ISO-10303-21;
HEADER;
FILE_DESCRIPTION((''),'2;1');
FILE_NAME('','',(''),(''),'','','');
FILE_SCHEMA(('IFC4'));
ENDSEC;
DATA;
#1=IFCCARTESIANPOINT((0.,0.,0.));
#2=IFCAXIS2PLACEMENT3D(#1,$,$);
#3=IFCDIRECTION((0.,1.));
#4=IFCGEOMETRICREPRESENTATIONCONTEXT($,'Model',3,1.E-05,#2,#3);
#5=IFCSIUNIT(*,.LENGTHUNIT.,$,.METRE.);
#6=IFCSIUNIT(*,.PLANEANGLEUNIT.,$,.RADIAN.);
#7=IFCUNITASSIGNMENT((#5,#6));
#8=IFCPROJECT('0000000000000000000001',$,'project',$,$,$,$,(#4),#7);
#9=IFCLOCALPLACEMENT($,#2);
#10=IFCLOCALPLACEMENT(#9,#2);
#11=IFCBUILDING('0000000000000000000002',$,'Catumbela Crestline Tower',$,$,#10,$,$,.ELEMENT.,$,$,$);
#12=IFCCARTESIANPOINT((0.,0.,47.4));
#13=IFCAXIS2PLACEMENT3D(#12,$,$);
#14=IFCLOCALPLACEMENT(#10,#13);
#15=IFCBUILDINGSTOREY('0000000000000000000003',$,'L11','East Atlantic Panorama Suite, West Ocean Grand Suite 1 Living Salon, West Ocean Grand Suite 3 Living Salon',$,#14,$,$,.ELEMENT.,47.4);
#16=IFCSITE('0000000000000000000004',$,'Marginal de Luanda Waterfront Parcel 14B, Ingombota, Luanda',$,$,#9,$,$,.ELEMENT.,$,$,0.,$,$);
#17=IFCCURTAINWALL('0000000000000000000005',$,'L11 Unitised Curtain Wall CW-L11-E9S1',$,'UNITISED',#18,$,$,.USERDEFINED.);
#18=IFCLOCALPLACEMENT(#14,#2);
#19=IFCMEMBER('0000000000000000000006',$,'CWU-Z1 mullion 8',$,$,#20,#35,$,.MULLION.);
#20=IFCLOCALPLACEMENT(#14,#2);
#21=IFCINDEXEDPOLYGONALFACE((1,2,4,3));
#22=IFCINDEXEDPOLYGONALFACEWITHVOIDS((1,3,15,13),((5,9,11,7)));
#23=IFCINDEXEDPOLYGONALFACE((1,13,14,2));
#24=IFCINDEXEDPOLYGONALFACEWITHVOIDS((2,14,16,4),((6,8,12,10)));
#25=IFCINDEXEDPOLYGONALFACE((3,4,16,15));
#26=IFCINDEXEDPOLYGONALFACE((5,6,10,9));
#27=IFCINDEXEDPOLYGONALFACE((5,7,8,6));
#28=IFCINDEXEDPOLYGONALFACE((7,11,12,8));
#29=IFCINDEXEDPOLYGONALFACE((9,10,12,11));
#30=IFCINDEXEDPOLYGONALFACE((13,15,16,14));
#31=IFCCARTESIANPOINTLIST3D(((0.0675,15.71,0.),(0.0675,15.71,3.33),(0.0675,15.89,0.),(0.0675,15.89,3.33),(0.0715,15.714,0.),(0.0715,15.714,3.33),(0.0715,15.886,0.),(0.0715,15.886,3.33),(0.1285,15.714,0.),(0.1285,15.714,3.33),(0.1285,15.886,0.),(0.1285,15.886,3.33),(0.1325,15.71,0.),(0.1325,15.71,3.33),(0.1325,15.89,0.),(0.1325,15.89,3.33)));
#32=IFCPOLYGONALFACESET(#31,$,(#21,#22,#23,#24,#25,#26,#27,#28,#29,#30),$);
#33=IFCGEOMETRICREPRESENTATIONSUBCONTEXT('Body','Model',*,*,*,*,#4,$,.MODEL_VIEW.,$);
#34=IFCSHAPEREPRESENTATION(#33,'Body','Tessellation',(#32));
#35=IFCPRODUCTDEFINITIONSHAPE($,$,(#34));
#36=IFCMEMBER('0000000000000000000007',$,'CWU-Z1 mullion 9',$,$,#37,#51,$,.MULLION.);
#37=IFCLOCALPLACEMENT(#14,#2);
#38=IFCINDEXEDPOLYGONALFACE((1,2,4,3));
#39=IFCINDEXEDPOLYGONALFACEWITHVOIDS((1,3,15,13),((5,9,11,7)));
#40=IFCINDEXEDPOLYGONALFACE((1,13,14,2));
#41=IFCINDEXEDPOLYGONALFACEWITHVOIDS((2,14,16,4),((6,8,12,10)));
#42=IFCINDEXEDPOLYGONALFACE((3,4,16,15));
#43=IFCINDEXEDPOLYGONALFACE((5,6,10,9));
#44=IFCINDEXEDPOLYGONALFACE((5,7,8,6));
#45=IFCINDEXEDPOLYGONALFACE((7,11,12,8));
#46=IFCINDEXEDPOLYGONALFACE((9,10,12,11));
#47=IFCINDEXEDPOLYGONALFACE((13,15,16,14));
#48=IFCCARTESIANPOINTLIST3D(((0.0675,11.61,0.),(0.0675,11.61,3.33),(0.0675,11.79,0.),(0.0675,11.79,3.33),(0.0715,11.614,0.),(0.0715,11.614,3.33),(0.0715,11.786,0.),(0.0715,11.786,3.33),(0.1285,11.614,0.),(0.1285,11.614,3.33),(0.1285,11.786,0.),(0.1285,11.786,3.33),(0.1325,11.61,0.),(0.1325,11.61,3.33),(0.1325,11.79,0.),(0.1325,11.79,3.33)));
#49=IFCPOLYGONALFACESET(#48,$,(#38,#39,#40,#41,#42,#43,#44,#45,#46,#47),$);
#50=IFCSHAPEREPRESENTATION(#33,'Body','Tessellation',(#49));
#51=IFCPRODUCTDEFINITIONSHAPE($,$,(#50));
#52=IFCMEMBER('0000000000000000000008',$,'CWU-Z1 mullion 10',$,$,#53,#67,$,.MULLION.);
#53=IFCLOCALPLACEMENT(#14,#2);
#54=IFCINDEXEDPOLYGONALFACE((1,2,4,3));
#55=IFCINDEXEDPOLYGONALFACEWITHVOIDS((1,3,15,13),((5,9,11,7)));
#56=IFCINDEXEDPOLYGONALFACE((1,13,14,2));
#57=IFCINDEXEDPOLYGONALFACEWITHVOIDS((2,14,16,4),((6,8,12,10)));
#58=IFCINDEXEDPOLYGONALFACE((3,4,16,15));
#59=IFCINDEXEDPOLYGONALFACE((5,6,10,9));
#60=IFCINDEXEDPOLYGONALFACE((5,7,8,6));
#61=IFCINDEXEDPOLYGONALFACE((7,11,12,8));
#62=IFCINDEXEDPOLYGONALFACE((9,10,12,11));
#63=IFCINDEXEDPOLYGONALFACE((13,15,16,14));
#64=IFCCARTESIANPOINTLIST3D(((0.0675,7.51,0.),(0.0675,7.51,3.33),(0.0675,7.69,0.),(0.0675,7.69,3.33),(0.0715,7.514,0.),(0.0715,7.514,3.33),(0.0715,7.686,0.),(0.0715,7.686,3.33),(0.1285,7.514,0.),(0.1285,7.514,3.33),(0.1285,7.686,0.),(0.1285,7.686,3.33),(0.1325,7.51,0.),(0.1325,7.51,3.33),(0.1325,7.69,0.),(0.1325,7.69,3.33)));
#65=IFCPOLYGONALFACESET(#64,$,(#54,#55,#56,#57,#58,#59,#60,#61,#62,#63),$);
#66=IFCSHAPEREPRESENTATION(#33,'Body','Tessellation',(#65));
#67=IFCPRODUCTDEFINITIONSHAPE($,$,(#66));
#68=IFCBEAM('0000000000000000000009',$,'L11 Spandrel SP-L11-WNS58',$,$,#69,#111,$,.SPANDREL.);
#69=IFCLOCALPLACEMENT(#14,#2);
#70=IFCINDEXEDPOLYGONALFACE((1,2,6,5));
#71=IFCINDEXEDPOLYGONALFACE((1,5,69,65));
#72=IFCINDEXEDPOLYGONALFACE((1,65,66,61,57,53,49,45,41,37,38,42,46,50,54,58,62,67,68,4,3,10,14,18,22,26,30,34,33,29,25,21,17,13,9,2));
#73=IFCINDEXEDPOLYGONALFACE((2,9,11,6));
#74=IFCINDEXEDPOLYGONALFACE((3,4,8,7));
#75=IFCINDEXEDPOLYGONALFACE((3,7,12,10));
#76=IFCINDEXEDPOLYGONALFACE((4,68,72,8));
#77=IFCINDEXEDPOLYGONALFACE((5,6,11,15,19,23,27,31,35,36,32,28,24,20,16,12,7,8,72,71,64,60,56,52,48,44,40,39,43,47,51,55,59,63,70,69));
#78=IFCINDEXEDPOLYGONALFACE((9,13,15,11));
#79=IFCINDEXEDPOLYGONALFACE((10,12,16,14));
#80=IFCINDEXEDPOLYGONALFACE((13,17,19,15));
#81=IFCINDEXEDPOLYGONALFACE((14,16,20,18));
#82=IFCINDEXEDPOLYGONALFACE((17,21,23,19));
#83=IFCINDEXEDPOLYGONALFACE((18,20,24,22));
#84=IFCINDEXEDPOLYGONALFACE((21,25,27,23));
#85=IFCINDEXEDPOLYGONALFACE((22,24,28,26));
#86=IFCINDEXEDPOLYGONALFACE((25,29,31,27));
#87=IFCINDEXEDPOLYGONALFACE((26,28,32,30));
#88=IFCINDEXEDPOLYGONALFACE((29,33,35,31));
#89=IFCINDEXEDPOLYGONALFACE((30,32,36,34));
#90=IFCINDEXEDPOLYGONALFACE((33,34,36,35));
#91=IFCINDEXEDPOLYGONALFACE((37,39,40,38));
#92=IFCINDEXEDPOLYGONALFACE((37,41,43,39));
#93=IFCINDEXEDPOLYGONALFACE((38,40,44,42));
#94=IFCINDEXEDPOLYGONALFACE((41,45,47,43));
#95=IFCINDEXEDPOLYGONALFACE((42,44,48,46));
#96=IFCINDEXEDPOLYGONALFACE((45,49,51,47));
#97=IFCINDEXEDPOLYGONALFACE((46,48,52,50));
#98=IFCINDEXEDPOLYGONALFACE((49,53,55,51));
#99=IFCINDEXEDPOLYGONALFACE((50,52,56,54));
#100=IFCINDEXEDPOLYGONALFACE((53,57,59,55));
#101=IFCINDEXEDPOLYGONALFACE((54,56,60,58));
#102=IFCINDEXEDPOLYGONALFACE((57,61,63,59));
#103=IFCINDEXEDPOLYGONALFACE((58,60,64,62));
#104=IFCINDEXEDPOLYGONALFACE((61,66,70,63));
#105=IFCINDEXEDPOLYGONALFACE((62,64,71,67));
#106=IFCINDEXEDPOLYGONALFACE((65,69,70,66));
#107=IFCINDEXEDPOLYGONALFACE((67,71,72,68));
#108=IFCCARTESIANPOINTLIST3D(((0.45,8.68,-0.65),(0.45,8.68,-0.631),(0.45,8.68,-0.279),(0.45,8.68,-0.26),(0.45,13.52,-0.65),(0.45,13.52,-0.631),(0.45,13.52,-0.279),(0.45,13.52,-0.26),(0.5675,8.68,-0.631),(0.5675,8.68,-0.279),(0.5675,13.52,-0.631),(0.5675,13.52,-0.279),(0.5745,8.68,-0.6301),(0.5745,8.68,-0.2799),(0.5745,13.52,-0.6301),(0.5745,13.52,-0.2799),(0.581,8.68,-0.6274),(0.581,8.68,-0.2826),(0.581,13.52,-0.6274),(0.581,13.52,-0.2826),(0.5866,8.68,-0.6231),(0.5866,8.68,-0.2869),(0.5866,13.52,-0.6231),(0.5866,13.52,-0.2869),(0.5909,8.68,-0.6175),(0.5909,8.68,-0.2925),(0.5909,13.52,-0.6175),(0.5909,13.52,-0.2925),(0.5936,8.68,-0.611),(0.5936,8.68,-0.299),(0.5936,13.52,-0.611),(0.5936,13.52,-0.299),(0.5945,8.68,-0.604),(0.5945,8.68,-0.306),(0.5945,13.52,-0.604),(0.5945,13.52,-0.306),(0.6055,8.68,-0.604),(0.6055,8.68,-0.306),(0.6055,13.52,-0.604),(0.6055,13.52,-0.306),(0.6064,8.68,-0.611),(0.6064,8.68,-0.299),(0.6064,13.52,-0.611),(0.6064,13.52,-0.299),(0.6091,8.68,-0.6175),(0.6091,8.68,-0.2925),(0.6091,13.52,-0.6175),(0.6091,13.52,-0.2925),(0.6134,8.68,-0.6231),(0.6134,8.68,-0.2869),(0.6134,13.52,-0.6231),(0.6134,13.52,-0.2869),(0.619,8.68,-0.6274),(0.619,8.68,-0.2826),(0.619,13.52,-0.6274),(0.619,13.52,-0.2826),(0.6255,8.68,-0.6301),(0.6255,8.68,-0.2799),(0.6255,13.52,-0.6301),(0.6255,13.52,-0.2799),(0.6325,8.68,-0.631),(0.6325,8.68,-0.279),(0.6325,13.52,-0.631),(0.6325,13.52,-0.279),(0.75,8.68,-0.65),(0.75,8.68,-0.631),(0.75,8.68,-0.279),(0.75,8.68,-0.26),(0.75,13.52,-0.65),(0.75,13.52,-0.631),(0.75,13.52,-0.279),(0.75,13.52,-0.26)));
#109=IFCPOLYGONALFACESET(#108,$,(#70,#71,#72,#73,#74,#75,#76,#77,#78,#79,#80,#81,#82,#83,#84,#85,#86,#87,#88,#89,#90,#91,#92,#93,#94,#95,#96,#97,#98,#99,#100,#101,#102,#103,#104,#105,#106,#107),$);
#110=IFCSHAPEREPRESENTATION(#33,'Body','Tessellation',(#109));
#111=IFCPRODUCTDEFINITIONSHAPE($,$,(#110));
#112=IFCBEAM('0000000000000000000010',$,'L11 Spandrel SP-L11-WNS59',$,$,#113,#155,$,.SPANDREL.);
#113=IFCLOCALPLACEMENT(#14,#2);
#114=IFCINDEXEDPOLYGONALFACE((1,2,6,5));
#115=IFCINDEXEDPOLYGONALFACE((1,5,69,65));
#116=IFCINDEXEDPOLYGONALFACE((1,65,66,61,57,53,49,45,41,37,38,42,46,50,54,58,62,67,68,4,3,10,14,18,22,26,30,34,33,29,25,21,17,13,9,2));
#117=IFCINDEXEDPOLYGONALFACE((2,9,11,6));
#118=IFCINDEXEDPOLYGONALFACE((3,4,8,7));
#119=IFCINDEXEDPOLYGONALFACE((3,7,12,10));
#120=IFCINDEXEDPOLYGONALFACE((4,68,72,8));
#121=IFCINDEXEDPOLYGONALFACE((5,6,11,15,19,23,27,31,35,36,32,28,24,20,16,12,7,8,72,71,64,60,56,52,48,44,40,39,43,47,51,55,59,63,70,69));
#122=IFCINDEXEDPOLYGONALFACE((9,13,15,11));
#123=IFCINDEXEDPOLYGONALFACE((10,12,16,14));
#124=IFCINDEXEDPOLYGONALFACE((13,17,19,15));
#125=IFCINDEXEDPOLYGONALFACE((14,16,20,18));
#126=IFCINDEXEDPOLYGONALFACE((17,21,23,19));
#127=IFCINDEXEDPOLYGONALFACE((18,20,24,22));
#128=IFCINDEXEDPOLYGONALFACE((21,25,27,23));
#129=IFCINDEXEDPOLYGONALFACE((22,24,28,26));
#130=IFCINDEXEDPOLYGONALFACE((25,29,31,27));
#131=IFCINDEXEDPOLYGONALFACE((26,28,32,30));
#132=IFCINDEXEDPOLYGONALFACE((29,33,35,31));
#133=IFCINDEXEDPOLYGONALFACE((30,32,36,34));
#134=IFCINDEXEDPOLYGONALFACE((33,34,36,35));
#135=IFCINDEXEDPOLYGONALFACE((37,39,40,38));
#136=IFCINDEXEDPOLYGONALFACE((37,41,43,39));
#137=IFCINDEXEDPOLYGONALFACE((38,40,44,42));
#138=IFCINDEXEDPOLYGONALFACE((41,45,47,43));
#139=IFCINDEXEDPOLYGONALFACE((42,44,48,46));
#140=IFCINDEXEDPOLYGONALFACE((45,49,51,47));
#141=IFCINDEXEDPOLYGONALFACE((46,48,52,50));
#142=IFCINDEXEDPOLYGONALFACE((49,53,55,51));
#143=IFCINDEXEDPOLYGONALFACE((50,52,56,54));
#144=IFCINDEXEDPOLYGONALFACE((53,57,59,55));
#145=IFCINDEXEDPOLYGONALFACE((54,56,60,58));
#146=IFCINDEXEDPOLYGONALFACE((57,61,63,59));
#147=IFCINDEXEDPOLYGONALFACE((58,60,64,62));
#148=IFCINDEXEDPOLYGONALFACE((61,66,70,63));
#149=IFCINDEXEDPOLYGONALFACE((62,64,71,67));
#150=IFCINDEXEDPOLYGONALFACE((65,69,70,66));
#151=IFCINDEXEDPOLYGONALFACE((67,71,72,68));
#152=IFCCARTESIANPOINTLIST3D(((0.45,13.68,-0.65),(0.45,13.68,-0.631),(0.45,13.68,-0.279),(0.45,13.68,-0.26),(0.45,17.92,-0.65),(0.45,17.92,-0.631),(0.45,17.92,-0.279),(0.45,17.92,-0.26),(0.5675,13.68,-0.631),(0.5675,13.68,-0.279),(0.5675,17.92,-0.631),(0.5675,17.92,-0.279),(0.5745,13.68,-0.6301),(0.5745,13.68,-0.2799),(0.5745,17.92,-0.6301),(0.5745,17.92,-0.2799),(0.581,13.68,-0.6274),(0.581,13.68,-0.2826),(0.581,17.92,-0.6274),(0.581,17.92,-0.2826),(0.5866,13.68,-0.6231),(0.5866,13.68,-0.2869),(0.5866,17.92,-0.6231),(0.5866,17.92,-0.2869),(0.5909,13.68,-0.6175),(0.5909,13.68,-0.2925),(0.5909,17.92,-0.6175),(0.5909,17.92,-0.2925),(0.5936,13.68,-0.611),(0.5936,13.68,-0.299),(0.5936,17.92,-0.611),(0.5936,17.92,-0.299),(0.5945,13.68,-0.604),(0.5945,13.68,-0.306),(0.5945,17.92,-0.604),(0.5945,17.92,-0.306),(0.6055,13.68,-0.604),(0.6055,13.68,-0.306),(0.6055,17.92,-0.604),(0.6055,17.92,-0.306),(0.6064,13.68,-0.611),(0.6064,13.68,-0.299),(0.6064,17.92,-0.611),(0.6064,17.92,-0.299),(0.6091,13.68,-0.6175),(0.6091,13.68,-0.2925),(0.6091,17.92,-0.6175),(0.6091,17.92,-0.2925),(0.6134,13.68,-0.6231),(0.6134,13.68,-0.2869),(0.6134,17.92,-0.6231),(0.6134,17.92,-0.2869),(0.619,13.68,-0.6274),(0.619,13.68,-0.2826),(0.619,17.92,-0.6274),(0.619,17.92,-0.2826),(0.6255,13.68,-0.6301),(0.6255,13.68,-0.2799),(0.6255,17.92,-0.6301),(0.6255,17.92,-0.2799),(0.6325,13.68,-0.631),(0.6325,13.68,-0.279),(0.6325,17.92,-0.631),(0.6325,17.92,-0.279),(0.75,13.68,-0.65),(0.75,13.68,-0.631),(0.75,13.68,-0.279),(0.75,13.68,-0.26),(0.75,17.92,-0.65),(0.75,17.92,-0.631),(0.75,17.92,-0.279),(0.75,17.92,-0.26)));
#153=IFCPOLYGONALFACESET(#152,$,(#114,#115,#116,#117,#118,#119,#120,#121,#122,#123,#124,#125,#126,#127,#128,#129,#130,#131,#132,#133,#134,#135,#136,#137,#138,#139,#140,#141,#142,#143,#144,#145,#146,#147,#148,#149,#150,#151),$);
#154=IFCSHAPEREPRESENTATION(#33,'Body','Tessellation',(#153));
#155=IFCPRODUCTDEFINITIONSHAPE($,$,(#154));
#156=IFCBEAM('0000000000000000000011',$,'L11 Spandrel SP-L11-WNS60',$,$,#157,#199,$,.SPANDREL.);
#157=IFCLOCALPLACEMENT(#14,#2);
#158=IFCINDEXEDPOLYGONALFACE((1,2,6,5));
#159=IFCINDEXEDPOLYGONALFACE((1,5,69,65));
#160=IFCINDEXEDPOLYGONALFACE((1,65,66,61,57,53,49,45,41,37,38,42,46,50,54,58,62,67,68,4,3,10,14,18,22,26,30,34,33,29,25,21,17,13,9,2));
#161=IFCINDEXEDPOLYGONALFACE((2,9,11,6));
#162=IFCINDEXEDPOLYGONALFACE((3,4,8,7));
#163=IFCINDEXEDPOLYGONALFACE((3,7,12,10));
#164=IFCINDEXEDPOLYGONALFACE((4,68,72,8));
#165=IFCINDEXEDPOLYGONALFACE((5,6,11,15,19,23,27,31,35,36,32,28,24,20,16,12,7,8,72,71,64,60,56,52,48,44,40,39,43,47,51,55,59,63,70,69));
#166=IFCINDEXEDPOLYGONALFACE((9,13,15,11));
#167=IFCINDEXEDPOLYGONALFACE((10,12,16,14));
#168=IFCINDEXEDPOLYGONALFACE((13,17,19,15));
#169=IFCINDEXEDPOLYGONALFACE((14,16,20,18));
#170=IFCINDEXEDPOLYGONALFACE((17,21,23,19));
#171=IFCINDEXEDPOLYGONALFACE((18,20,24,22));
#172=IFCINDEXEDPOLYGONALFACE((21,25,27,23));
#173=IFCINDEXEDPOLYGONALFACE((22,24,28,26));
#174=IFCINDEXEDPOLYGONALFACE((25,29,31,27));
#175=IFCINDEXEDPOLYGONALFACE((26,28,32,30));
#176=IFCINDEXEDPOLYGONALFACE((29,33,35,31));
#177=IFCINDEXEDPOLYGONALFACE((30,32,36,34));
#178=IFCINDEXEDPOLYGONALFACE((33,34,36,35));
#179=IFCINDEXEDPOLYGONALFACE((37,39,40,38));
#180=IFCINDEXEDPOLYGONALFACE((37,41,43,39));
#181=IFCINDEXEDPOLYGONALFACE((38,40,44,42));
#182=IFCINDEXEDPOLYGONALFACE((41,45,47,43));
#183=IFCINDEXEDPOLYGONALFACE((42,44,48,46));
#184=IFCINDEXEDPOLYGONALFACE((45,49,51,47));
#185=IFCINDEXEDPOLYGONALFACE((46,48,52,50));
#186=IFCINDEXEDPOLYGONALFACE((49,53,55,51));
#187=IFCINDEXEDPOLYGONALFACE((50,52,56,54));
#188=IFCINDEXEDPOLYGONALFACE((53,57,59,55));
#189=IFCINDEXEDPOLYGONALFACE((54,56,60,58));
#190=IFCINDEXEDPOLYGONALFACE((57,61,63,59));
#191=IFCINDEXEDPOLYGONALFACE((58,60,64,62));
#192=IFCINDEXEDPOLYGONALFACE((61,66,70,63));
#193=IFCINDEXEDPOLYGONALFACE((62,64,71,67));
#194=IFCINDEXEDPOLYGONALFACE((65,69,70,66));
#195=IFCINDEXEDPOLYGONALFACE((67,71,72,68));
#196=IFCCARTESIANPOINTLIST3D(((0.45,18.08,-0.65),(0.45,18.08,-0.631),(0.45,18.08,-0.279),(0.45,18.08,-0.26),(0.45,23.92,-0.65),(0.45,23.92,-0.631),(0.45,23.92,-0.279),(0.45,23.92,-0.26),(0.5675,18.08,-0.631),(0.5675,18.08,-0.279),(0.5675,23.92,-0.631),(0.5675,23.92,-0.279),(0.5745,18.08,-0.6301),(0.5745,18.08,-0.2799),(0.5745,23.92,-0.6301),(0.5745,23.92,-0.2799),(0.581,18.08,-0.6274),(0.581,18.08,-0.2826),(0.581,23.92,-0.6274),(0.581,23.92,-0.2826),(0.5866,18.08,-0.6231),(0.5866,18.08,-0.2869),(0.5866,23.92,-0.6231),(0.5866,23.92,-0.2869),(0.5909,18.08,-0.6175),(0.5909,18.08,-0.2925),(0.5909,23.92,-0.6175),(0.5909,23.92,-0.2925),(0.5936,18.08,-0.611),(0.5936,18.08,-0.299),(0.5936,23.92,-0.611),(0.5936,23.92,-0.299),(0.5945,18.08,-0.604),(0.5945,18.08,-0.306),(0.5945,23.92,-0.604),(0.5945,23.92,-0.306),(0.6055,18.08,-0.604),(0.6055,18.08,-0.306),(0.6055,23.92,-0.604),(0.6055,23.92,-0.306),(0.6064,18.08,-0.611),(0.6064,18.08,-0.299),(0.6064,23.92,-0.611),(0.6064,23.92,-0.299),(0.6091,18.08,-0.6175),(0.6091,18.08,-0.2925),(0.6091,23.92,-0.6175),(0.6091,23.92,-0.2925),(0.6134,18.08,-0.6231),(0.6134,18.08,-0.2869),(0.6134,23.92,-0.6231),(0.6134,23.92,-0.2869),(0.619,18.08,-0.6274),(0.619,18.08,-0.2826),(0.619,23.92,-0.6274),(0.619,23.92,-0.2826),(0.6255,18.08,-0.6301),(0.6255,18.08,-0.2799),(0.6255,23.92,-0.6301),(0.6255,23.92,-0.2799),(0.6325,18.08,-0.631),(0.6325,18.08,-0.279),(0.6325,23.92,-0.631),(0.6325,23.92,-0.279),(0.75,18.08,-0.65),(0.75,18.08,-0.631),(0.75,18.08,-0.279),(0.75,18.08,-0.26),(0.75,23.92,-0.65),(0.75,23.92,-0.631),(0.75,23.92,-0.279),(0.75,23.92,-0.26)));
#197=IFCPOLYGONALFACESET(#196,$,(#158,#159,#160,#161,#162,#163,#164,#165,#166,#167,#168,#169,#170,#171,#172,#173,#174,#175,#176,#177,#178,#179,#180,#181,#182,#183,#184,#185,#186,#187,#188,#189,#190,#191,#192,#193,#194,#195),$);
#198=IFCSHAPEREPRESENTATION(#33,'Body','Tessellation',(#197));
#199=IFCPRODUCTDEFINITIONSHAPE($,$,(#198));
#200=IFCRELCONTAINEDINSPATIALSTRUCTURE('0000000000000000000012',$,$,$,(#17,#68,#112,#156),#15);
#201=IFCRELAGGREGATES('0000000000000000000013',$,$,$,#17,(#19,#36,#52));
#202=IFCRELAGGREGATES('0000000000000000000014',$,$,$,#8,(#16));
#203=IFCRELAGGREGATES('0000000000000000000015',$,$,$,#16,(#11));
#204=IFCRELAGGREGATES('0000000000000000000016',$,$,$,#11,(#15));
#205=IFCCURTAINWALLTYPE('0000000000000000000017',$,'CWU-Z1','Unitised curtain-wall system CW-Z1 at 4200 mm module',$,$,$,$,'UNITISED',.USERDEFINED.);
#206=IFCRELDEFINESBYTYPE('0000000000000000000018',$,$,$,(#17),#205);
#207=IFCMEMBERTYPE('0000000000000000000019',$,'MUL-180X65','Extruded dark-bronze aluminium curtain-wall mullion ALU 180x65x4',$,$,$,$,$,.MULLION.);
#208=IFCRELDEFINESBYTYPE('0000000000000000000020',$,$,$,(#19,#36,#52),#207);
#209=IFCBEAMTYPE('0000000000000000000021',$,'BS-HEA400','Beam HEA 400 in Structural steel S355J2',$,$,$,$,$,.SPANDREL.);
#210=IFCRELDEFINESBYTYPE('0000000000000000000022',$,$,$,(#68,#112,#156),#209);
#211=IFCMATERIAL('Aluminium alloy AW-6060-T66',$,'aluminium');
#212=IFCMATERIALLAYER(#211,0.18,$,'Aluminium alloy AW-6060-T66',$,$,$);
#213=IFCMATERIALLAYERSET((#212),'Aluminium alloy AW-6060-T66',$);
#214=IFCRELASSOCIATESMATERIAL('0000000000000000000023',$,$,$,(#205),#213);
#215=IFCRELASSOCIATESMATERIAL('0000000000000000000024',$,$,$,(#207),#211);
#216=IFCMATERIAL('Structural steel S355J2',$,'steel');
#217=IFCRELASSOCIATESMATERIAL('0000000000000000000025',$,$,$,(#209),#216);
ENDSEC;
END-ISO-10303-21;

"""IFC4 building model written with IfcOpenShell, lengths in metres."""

from ifc_helpers import new_model, si_unit, direction, frame, origin, origin_2d, place, context, subcontext, project, spatial, hollow_rectangle, i_section, extrude, material, layer, layer_set, material_profile, profile_set, type_object, element, aggregate, save


model = new_model("IFC4")

# Units and contexts
model_context = context("Model", 3, precision=1e-05, world=origin(), true_north=direction((0.0, 1.0)))
body_context = subcontext(model_context, "Body", "Model", "MODEL_VIEW")
ifc_project = project(units=[si_unit("LENGTHUNIT", "METRE"), si_unit("PLANEANGLEUNIT", "RADIAN")], contexts=[model_context])

# Site, building, storey
site_placement = place(None, origin())
site = spatial("IfcSite", under=ifc_project, at=site_placement, Name="Marginal de Luanda Waterfront Parcel 14B, Ingombota, Luanda", CompositionType="ELEMENT", RefElevation=0.0)
building_placement = place(site_placement, origin())
building = spatial("IfcBuilding", under=site, at=building_placement, Name="Catumbela Crestline Tower", CompositionType="ELEMENT")
storey_placement = place(building_placement, frame((0.0, 0.0, 47.4)))
storey = spatial("IfcBuildingStorey", under=building, at=storey_placement, Name="L11", Description="East Atlantic Panorama Suite, West Ocean Grand Suite 1 Living Salon, West Ocean Grand Suite 3 Living Salon", CompositionType="ELEMENT", Elevation=47.4)

# Shared definitions
ifc_material_1 = material(Name="Structural steel S355J2", Category="steel")

# Curtain wall, members
ifc_material_2 = material(Name="Aluminium alloy AW-6060-T66", Category="aluminium")
ifc_layer_1 = layer(ifc_material_2, 0.18, Name="Aluminium alloy AW-6060-T66")
ifc_layer_set_1 = layer_set([ifc_layer_1], Name="Aluminium alloy AW-6060-T66")
curtain_wall_type = type_object("IfcCurtainWallType", Name="CWU-Z1", Description="Unitised curtain-wall system CW-Z1 at 4200 mm module", ElementType="UNITISED", PredefinedType="USERDEFINED", material=ifc_layer_set_1)
curtain_wall_placement = place(storey_placement, origin())
curtain_wall = element("IfcCurtainWall", 1, at=curtain_wall_placement, inside=storey, type_object=curtain_wall_type, Name="L11 Unitised Curtain Wall CW-L11-E9S1", ObjectType="UNITISED", PredefinedType="USERDEFINED")
ifc_material_profile_1 = material_profile(ifc_material_2, hollow_rectangle(XDim=0.065, YDim=0.18, WallThickness=0.004, at=origin_2d()), Name="ALU 180x65x4")
ifc_profile_set_1 = profile_set([ifc_material_profile_1], Name="Aluminium alloy AW-6060-T66")
member_type_1 = type_object("IfcMemberType", Name="MUL-180X65", Description="Extruded dark-bronze aluminium curtain-wall mullion ALU 180x65x4", PredefinedType="MULLION", material=ifc_profile_set_1)
member_1_placement = place(storey_placement, frame((0.1, 15.8, 0.0), z_axis=(0.0, 0.0, 1.0), x_axis=(1.0, 0.0, 0.0)))
member_1 = element("IfcMember", 2, at=member_1_placement, type_object=member_type_1, Name="CWU-Z1 mullion 8", PredefinedType="MULLION", context=body_context, shape_type="SweptSolid", body=[
    extrude(hollow_rectangle(XDim=0.065, YDim=0.18, WallThickness=0.004, at=origin_2d()), origin(), (0.0, 0.0, 1.0), 3.33),
])
member_2_placement = place(storey_placement, frame((0.1, 11.7, 0.0), z_axis=(0.0, 0.0, 1.0), x_axis=(1.0, 0.0, 0.0)))
member_2 = element("IfcMember", 3, at=member_2_placement, type_object=member_type_1, Name="CWU-Z1 mullion 9", PredefinedType="MULLION", context=body_context, shape_type="SweptSolid", body=[
    extrude(hollow_rectangle(XDim=0.065, YDim=0.18, WallThickness=0.004, at=origin_2d()), origin(), (0.0, 0.0, 1.0), 3.33),
])
member_3_placement = place(storey_placement, frame((0.1, 7.6, 0.0), z_axis=(0.0, 0.0, 1.0), x_axis=(1.0, 0.0, 0.0)))
member_3 = element("IfcMember", 4, at=member_3_placement, type_object=member_type_1, Name="CWU-Z1 mullion 10", PredefinedType="MULLION", context=body_context, shape_type="SweptSolid", body=[
    extrude(hollow_rectangle(XDim=0.065, YDim=0.18, WallThickness=0.004, at=origin_2d()), origin(), (0.0, 0.0, 1.0), 3.33),
])

# Beams
ifc_material_profile_2 = material_profile(ifc_material_1, i_section(OverallWidth=0.3, OverallDepth=0.39, WebThickness=0.011, FlangeThickness=0.019, FilletRadius=0.027, at=origin_2d()), Name="HEA 400")
ifc_profile_set_2 = profile_set([ifc_material_profile_2], Name="Structural steel S355J2")
beam_type_1 = type_object("IfcBeamType", Name="BS-HEA400", Description="Beam HEA 400 in Structural steel S355J2", PredefinedType="SPANDREL", material=ifc_profile_set_2)
beam_1_placement = place(storey_placement, frame((0.6, 8.68, -0.455), z_axis=(0.0, 1.0, 0.0), x_axis=(-1.0, 0.0, 0.0)))
element("IfcBeam", 5, at=beam_1_placement, inside=storey, type_object=beam_type_1, Name="L11 Spandrel SP-L11-WNS58", PredefinedType="SPANDREL", context=body_context, shape_type="SweptSolid", body=[
    extrude(i_section(OverallWidth=0.3, OverallDepth=0.39, WebThickness=0.011, FlangeThickness=0.019, FilletRadius=0.027, at=origin_2d()), origin(), (0.0, 0.0, 1.0), 4.84),
])
beam_2_placement = place(storey_placement, frame((0.6, 13.68, -0.455), z_axis=(0.0, 1.0, 0.0), x_axis=(-1.0, 0.0, 0.0)))
element("IfcBeam", 6, at=beam_2_placement, inside=storey, type_object=beam_type_1, Name="L11 Spandrel SP-L11-WNS59", PredefinedType="SPANDREL", context=body_context, shape_type="SweptSolid", body=[
    extrude(i_section(OverallWidth=0.3, OverallDepth=0.39, WebThickness=0.011, FlangeThickness=0.019, FilletRadius=0.027, at=origin_2d()), origin(), (0.0, 0.0, 1.0), 4.24),
])
beam_3_placement = place(storey_placement, frame((0.6, 18.08, -0.455), z_axis=(0.0, 1.0, 0.0), x_axis=(-1.0, 0.0, 0.0)))
element("IfcBeam", 7, at=beam_3_placement, inside=storey, type_object=beam_type_1, Name="L11 Spandrel SP-L11-WNS60", PredefinedType="SPANDREL", context=body_context, shape_type="SweptSolid", body=[
    extrude(i_section(OverallWidth=0.3, OverallDepth=0.39, WebThickness=0.011, FlangeThickness=0.019, FilletRadius=0.027, at=origin_2d()), origin(), (0.0, 0.0, 1.0), 5.84),
])

aggregate(curtain_wall, [member_1, member_2, member_3])

save(model, "model.ifc")
